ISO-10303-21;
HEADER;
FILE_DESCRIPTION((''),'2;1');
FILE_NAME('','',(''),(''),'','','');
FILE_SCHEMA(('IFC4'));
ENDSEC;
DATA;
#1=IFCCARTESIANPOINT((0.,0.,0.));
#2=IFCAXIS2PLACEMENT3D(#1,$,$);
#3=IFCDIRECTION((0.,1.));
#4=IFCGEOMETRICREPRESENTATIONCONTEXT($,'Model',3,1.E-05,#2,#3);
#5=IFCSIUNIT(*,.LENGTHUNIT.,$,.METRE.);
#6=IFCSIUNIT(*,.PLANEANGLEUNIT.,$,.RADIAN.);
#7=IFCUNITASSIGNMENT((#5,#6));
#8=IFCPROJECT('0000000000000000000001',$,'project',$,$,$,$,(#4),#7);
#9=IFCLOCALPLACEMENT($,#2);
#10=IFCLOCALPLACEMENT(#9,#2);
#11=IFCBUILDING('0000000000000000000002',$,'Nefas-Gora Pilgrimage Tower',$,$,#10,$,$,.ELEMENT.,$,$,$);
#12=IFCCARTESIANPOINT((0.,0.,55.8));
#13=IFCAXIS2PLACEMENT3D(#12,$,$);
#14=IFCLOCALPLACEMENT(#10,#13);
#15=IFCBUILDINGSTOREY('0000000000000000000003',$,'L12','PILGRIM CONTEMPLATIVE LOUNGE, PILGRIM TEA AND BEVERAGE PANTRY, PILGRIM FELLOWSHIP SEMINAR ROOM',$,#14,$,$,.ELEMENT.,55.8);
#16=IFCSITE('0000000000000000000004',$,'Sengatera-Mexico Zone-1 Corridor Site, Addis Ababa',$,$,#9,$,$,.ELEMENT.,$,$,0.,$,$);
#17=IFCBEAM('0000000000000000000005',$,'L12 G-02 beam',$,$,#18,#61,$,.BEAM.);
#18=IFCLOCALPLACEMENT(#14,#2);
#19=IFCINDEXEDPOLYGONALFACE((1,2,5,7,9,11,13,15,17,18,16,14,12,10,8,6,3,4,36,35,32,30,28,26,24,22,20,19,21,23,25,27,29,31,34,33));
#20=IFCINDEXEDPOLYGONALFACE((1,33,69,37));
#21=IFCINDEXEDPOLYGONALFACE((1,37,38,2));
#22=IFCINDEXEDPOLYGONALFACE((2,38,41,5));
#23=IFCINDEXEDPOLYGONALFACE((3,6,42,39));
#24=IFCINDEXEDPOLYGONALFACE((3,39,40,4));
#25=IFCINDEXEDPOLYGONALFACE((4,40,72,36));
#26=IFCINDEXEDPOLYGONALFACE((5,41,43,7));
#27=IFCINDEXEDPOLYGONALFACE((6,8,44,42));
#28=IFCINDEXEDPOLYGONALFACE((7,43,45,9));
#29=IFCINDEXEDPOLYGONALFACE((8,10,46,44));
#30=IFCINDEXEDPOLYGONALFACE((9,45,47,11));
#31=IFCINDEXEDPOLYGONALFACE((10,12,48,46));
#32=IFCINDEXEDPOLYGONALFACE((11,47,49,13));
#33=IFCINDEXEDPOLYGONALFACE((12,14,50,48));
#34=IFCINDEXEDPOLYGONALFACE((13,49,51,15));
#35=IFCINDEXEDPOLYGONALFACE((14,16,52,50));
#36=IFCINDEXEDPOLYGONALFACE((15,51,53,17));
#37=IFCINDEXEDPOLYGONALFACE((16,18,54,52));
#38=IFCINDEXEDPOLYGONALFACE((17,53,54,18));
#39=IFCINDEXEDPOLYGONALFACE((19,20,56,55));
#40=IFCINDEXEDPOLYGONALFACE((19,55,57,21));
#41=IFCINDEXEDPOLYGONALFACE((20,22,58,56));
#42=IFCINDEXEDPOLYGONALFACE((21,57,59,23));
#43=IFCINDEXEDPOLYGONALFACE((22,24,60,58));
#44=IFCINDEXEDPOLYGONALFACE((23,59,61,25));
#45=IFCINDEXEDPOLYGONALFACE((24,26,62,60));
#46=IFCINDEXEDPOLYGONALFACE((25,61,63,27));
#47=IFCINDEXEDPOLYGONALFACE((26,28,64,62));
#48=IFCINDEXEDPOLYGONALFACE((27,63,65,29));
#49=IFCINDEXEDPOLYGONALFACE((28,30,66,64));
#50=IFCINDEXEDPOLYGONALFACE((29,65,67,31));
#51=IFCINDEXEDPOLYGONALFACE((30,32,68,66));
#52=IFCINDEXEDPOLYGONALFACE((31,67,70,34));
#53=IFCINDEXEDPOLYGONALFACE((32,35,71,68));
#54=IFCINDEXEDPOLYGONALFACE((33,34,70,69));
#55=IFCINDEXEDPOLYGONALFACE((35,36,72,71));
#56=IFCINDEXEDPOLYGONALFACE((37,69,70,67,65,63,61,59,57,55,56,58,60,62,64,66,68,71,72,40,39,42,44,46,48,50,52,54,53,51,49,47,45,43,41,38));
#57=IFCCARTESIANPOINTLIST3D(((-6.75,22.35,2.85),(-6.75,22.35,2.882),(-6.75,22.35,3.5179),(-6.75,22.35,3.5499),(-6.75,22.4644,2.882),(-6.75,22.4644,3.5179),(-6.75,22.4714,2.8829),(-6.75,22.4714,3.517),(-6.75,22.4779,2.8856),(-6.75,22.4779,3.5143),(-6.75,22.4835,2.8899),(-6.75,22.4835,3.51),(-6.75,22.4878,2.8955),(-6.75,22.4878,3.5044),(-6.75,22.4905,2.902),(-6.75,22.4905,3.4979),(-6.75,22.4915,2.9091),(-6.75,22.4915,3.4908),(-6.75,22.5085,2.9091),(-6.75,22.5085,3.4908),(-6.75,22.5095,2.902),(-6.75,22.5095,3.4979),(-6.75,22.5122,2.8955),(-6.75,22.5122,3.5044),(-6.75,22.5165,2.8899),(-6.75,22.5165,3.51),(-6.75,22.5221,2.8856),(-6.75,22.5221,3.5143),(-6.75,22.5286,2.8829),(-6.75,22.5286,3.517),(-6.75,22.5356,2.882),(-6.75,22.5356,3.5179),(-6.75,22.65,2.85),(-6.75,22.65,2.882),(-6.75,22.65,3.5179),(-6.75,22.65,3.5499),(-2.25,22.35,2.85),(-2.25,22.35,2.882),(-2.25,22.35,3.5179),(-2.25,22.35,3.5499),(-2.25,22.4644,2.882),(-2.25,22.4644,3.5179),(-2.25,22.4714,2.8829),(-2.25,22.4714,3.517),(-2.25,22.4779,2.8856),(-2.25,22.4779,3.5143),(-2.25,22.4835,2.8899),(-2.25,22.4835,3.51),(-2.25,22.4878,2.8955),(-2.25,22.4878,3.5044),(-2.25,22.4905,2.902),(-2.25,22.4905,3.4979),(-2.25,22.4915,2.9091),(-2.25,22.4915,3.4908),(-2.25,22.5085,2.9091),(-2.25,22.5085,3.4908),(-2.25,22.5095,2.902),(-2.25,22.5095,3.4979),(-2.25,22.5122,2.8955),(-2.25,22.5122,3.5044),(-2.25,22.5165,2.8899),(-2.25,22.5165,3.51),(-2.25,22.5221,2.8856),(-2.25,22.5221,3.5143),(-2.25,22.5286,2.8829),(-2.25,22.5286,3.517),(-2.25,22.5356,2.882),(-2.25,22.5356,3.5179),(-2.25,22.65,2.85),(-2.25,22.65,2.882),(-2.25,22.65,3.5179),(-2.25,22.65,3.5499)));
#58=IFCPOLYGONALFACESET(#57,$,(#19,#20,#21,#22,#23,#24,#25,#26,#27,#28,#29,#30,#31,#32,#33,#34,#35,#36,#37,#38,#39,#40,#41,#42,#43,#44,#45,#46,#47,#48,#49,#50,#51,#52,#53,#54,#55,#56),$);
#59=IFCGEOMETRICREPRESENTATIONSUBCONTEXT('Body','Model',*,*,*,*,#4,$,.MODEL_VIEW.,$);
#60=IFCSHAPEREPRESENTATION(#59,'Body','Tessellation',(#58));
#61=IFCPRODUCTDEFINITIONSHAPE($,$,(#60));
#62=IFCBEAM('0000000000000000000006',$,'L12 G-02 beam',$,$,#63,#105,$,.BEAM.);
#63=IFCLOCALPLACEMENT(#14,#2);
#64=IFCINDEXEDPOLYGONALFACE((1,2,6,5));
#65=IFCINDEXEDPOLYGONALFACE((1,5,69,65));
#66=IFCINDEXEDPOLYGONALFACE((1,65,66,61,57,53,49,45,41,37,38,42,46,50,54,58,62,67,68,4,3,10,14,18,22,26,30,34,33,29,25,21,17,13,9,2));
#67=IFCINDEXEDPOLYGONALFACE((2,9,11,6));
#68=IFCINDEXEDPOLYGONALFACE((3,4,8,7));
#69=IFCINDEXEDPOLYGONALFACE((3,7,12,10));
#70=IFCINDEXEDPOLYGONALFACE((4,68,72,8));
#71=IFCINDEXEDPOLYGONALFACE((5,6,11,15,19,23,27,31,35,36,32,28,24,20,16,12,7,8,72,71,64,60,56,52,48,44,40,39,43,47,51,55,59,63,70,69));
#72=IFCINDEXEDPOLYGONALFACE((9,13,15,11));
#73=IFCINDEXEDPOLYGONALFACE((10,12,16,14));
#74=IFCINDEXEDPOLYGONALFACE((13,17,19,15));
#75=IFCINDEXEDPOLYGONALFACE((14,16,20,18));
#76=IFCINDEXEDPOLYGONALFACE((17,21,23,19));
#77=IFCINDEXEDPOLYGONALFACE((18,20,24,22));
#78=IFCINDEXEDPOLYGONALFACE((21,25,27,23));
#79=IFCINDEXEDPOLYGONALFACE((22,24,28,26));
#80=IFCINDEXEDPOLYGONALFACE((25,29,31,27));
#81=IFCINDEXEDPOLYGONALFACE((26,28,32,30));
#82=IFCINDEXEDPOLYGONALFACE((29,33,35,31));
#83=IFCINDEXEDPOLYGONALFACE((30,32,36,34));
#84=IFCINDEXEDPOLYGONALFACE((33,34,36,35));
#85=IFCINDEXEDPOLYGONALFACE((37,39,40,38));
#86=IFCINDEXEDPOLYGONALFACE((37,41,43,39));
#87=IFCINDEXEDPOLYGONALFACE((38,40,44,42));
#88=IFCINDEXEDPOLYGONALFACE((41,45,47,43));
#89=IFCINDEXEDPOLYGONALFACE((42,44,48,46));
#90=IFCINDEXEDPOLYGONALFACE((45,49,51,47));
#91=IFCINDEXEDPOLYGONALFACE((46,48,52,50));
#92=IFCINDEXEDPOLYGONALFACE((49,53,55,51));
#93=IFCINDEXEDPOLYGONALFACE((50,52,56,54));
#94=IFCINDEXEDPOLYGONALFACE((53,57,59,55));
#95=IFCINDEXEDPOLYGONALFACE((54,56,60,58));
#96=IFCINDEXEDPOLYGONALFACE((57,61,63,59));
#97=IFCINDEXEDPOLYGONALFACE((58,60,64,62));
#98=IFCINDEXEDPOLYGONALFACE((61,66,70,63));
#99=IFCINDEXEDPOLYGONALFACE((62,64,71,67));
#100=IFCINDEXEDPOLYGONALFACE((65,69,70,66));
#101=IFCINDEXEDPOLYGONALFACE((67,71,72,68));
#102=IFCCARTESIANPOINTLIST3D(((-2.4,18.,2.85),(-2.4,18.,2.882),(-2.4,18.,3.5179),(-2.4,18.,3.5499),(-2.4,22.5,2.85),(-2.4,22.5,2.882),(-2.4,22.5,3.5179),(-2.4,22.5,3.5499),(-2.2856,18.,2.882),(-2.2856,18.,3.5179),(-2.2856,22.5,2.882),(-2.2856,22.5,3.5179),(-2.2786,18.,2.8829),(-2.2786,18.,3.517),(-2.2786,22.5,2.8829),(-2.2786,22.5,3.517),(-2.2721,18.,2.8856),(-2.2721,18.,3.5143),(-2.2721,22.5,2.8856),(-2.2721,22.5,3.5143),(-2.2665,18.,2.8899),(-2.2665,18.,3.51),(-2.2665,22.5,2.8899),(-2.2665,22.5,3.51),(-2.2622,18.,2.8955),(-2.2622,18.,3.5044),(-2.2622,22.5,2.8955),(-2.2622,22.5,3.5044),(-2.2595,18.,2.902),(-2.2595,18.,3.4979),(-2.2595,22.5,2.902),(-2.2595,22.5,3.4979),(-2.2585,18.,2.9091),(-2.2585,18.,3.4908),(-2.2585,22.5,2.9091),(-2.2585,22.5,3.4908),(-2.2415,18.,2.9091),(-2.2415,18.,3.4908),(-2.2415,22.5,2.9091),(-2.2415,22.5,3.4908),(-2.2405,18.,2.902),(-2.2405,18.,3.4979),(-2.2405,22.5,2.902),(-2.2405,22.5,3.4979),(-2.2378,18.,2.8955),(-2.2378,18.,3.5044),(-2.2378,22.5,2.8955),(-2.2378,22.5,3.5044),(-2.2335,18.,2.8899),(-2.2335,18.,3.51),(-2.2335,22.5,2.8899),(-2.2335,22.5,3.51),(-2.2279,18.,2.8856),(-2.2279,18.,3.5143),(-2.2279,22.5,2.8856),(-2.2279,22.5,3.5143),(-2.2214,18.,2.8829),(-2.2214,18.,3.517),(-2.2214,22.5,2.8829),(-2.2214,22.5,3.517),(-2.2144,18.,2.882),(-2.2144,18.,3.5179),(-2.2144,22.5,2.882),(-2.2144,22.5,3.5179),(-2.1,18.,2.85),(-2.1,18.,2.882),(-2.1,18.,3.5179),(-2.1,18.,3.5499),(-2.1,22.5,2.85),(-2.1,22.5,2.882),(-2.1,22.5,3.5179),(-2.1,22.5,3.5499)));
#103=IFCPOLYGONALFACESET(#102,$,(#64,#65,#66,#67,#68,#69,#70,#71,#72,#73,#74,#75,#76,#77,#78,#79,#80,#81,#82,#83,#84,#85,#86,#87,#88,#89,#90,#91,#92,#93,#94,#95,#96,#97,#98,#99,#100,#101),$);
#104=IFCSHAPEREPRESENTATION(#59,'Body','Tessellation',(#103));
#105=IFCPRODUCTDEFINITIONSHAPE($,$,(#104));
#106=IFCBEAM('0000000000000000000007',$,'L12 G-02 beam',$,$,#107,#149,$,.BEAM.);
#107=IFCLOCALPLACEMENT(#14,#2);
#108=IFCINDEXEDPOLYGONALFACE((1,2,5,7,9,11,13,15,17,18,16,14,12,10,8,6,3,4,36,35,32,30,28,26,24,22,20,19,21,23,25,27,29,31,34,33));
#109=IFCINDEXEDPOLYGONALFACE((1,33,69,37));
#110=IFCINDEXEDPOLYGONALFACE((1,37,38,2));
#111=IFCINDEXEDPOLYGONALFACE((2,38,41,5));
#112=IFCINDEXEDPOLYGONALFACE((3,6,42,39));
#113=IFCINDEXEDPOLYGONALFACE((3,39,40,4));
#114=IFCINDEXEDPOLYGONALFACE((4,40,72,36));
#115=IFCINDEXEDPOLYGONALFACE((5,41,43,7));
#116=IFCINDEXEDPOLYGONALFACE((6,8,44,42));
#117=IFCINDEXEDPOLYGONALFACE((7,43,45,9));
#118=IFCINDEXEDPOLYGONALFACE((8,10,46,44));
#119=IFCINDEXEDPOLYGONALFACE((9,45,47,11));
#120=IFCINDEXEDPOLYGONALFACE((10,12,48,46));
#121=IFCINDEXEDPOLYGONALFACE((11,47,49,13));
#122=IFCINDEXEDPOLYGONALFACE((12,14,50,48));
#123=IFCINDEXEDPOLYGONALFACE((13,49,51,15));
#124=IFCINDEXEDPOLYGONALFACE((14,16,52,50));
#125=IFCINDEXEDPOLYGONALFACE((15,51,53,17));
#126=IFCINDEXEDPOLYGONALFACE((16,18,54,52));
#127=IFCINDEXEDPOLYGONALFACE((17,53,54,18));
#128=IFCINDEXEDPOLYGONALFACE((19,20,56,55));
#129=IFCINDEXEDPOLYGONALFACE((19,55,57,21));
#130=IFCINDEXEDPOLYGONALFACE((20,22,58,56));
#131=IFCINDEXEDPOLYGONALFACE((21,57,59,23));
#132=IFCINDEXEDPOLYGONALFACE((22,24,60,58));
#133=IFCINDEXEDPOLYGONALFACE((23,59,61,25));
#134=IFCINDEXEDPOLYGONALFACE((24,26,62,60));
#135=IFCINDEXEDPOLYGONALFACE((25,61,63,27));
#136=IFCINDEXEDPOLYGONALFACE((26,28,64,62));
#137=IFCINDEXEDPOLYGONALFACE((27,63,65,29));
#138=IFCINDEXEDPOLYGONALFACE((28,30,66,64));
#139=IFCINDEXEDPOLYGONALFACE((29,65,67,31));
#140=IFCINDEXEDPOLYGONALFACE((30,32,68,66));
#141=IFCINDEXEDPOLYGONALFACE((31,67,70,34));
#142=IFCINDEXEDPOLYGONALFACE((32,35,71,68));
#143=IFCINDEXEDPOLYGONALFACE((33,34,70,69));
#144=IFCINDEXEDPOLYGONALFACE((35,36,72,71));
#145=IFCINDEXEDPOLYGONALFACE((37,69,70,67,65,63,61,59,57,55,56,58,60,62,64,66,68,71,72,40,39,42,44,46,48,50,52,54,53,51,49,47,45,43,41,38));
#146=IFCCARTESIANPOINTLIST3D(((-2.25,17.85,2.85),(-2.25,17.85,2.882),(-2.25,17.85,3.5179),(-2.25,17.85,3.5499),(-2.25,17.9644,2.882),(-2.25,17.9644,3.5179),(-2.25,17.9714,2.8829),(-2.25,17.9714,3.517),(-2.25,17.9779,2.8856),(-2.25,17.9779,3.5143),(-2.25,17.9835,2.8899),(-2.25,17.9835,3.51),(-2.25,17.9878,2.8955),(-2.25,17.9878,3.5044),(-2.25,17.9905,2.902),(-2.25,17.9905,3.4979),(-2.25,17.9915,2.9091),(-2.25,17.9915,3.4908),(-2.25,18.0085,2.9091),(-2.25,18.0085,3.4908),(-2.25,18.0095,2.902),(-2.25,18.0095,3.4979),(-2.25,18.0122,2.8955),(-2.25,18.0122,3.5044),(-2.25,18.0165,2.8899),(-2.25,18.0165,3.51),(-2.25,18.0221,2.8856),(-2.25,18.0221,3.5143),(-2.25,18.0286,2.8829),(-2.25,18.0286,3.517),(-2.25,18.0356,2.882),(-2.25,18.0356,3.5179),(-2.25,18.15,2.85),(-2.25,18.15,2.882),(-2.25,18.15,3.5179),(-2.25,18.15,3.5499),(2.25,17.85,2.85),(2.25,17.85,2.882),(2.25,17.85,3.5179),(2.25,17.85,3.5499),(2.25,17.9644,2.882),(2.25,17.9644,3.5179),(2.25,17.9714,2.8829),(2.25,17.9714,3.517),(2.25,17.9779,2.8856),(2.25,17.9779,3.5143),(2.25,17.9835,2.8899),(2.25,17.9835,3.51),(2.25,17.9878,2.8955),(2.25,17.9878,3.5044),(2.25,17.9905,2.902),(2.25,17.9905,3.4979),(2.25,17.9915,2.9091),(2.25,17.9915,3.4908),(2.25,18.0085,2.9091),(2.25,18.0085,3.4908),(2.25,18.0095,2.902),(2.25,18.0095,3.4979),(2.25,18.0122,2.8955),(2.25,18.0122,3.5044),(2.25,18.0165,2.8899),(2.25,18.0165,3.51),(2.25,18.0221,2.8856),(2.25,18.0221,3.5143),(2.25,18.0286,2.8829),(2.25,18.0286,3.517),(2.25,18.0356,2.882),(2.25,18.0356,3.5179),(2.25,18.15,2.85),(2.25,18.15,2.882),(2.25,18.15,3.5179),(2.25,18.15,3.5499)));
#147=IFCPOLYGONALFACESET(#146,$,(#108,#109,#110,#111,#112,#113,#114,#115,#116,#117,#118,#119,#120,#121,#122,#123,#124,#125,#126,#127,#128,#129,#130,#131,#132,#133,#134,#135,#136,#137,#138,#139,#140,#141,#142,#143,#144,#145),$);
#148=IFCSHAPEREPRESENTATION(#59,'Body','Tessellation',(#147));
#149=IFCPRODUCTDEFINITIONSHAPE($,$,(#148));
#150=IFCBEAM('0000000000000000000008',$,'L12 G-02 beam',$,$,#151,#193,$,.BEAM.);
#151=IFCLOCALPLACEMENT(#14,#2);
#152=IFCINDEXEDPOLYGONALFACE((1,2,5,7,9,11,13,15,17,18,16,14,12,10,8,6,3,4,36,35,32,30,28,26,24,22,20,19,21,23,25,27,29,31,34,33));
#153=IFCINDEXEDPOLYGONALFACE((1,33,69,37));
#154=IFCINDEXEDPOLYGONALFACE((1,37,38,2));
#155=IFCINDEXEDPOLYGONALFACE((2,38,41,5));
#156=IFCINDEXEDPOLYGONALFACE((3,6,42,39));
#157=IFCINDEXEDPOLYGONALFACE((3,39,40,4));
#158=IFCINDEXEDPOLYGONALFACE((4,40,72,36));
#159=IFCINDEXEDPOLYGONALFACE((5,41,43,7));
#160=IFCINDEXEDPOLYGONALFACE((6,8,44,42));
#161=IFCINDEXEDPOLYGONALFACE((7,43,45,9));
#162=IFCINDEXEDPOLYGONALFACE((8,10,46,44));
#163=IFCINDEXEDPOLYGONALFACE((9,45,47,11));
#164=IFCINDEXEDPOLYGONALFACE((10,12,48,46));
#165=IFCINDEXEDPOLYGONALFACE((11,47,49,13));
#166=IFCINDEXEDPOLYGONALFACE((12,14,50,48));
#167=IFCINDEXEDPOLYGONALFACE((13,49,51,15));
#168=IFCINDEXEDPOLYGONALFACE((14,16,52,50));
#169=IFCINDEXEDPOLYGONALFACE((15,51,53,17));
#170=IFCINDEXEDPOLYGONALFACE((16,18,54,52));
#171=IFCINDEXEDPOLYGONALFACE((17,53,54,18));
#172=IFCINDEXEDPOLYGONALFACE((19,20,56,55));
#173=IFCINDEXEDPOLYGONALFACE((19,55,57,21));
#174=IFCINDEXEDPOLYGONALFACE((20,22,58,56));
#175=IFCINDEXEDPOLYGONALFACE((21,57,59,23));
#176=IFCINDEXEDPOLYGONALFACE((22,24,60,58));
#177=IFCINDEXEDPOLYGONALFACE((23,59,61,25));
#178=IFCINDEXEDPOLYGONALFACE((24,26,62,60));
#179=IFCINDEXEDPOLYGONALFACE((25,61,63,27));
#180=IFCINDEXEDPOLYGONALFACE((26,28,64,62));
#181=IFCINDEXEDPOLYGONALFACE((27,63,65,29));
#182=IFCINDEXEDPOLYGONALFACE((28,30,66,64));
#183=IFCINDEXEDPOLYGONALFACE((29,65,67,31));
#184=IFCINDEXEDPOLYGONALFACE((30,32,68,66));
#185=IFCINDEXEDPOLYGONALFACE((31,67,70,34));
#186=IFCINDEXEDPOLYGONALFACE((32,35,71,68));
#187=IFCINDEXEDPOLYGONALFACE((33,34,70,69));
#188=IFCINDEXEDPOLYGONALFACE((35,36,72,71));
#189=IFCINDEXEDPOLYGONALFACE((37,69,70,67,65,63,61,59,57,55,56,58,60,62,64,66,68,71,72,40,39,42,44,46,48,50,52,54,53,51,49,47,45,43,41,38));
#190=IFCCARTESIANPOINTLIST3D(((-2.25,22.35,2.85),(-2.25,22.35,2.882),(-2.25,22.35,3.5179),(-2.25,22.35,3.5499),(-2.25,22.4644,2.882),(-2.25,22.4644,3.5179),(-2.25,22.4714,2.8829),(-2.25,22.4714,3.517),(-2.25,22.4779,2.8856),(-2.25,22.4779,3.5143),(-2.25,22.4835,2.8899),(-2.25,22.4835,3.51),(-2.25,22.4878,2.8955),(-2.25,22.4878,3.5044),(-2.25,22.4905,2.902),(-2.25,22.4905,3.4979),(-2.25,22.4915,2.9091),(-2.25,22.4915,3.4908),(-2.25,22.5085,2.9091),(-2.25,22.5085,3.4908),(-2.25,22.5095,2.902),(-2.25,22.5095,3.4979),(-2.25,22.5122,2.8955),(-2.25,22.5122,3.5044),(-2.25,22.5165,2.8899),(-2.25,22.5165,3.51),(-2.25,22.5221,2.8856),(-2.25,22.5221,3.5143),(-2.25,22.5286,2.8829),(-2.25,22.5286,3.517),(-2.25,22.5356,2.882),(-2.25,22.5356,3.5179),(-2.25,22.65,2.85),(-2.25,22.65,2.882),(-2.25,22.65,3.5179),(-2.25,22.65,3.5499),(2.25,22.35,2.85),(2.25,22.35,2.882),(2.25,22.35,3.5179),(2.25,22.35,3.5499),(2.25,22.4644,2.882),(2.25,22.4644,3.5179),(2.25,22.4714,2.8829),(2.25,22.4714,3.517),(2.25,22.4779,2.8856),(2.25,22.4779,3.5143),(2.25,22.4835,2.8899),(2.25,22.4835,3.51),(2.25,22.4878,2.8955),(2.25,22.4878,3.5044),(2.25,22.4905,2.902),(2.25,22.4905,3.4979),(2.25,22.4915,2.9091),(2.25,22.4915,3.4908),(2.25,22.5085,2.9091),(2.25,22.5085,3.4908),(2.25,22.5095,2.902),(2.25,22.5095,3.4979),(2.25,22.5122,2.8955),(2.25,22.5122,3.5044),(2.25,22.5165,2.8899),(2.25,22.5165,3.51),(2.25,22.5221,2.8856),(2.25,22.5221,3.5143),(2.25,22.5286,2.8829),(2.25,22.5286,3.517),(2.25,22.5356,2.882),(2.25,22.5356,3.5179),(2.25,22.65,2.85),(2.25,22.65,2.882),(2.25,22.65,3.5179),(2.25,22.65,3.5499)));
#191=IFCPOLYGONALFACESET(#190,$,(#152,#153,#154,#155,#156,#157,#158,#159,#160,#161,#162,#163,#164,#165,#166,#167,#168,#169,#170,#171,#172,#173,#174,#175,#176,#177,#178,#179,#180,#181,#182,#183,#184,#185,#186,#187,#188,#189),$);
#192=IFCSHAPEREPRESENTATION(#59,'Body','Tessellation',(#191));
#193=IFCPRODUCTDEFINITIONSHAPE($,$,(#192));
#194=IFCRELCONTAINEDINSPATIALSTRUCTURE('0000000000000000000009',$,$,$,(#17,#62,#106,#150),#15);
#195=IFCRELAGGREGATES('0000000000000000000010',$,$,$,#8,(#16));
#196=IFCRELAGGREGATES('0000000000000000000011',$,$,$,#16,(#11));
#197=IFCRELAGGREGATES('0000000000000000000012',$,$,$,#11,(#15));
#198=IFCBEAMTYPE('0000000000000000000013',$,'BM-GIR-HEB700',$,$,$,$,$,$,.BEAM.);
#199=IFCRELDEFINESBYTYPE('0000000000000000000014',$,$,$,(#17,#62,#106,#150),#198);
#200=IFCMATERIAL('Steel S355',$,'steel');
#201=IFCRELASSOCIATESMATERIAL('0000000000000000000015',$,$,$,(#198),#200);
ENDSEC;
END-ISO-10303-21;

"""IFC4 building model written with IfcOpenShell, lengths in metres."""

from ifc_helpers import new_model, si_unit, direction, frame, origin, origin_2d, place, context, subcontext, project, spatial, i_section, extrude, source, transform, mapped, material, material_profile, profile_set, type_object, element, save


model = new_model("IFC4")

# Units and contexts
model_context = context("Model", 3, precision=1e-05, world=origin(), true_north=direction((0.0, 1.0)))
body_context = subcontext(model_context, "Body", "Model", "MODEL_VIEW")
ifc_project = project(units=[si_unit("LENGTHUNIT", "METRE"), si_unit("PLANEANGLEUNIT", "RADIAN")], contexts=[model_context])

# Site, building, storey
site_placement = place(None, origin())
site = spatial("IfcSite", under=ifc_project, at=site_placement, Name="Sengatera-Mexico Zone-1 Corridor Site, Addis Ababa", CompositionType="ELEMENT", RefElevation=0.0)
building_placement = place(site_placement, origin())
building = spatial("IfcBuilding", under=site, at=building_placement, Name="Nefas-Gora Pilgrimage Tower", CompositionType="ELEMENT")
storey_placement = place(building_placement, frame((0.0, 0.0, 55.8)))
storey = spatial("IfcBuildingStorey", under=building, at=storey_placement, Name="L12", Description="PILGRIM CONTEMPLATIVE LOUNGE, PILGRIM TEA AND BEVERAGE PANTRY, PILGRIM FELLOWSHIP SEMINAR ROOM", CompositionType="ELEMENT", Elevation=55.8)

# Beams
ifc_material_1 = material(Name="Steel S355", Category="steel")
ifc_material_profile_1 = material_profile(ifc_material_1, i_section(OverallWidth=0.3, OverallDepth=0.7, WebThickness=0.0171, FlangeThickness=0.032, FilletRadius=0.0271, at=origin_2d()), Name="HEB 700")
ifc_profile_set_1 = profile_set([ifc_material_profile_1], Name="Steel S355")
beam_type_1 = type_object("IfcBeamType", Name="BM-GIR-HEB700", PredefinedType="BEAM", material=ifc_profile_set_1)
shared_shape_1 = source(origin(), body_context, "Body", "SweptSolid", [
    extrude(i_section(OverallWidth=0.3, OverallDepth=0.7, WebThickness=0.0171, FlangeThickness=0.032, FilletRadius=0.0271, at=origin_2d()), origin(), (0.0, 0.0, 1.0), 4.5),
])
for number, where, z_axis, x_axis, name in (
    (1, (-6.75, 22.5, 3.2), (1.0, 0.0, 0.0), (0.0, 1.0, 0.0), "L12 G-02 beam"),
    (2, (-2.25, 18.0, 3.2), (0.0, 1.0, 0.0), (-1.0, 0.0, 0.0), "L12 G-02 beam"),
    (3, (-2.25, 18.0, 3.2), (1.0, 0.0, 0.0), (0.0, 1.0, 0.0), "L12 G-02 beam"),
    (4, (-2.25, 22.5, 3.2), (1.0, 0.0, 0.0), (0.0, 1.0, 0.0), "L12 G-02 beam"),
):
    element("IfcBeam", number, at=place(storey_placement, frame(where, z_axis=z_axis, x_axis=x_axis)), inside=storey, type_object=beam_type_1, Name=name, PredefinedType="BEAM", context=body_context, shape_type="MappedRepresentation", body=[
        mapped(shared_shape_1, transform((0.0, 0.0, 0.0), x_axis=(1.0, 0.0, 0.0), y_axis=(0.0, 1.0, 0.0), z_axis=(0.0, 0.0, 1.0), scale=1.0)),
    ])

save(model, "model.ifc")
